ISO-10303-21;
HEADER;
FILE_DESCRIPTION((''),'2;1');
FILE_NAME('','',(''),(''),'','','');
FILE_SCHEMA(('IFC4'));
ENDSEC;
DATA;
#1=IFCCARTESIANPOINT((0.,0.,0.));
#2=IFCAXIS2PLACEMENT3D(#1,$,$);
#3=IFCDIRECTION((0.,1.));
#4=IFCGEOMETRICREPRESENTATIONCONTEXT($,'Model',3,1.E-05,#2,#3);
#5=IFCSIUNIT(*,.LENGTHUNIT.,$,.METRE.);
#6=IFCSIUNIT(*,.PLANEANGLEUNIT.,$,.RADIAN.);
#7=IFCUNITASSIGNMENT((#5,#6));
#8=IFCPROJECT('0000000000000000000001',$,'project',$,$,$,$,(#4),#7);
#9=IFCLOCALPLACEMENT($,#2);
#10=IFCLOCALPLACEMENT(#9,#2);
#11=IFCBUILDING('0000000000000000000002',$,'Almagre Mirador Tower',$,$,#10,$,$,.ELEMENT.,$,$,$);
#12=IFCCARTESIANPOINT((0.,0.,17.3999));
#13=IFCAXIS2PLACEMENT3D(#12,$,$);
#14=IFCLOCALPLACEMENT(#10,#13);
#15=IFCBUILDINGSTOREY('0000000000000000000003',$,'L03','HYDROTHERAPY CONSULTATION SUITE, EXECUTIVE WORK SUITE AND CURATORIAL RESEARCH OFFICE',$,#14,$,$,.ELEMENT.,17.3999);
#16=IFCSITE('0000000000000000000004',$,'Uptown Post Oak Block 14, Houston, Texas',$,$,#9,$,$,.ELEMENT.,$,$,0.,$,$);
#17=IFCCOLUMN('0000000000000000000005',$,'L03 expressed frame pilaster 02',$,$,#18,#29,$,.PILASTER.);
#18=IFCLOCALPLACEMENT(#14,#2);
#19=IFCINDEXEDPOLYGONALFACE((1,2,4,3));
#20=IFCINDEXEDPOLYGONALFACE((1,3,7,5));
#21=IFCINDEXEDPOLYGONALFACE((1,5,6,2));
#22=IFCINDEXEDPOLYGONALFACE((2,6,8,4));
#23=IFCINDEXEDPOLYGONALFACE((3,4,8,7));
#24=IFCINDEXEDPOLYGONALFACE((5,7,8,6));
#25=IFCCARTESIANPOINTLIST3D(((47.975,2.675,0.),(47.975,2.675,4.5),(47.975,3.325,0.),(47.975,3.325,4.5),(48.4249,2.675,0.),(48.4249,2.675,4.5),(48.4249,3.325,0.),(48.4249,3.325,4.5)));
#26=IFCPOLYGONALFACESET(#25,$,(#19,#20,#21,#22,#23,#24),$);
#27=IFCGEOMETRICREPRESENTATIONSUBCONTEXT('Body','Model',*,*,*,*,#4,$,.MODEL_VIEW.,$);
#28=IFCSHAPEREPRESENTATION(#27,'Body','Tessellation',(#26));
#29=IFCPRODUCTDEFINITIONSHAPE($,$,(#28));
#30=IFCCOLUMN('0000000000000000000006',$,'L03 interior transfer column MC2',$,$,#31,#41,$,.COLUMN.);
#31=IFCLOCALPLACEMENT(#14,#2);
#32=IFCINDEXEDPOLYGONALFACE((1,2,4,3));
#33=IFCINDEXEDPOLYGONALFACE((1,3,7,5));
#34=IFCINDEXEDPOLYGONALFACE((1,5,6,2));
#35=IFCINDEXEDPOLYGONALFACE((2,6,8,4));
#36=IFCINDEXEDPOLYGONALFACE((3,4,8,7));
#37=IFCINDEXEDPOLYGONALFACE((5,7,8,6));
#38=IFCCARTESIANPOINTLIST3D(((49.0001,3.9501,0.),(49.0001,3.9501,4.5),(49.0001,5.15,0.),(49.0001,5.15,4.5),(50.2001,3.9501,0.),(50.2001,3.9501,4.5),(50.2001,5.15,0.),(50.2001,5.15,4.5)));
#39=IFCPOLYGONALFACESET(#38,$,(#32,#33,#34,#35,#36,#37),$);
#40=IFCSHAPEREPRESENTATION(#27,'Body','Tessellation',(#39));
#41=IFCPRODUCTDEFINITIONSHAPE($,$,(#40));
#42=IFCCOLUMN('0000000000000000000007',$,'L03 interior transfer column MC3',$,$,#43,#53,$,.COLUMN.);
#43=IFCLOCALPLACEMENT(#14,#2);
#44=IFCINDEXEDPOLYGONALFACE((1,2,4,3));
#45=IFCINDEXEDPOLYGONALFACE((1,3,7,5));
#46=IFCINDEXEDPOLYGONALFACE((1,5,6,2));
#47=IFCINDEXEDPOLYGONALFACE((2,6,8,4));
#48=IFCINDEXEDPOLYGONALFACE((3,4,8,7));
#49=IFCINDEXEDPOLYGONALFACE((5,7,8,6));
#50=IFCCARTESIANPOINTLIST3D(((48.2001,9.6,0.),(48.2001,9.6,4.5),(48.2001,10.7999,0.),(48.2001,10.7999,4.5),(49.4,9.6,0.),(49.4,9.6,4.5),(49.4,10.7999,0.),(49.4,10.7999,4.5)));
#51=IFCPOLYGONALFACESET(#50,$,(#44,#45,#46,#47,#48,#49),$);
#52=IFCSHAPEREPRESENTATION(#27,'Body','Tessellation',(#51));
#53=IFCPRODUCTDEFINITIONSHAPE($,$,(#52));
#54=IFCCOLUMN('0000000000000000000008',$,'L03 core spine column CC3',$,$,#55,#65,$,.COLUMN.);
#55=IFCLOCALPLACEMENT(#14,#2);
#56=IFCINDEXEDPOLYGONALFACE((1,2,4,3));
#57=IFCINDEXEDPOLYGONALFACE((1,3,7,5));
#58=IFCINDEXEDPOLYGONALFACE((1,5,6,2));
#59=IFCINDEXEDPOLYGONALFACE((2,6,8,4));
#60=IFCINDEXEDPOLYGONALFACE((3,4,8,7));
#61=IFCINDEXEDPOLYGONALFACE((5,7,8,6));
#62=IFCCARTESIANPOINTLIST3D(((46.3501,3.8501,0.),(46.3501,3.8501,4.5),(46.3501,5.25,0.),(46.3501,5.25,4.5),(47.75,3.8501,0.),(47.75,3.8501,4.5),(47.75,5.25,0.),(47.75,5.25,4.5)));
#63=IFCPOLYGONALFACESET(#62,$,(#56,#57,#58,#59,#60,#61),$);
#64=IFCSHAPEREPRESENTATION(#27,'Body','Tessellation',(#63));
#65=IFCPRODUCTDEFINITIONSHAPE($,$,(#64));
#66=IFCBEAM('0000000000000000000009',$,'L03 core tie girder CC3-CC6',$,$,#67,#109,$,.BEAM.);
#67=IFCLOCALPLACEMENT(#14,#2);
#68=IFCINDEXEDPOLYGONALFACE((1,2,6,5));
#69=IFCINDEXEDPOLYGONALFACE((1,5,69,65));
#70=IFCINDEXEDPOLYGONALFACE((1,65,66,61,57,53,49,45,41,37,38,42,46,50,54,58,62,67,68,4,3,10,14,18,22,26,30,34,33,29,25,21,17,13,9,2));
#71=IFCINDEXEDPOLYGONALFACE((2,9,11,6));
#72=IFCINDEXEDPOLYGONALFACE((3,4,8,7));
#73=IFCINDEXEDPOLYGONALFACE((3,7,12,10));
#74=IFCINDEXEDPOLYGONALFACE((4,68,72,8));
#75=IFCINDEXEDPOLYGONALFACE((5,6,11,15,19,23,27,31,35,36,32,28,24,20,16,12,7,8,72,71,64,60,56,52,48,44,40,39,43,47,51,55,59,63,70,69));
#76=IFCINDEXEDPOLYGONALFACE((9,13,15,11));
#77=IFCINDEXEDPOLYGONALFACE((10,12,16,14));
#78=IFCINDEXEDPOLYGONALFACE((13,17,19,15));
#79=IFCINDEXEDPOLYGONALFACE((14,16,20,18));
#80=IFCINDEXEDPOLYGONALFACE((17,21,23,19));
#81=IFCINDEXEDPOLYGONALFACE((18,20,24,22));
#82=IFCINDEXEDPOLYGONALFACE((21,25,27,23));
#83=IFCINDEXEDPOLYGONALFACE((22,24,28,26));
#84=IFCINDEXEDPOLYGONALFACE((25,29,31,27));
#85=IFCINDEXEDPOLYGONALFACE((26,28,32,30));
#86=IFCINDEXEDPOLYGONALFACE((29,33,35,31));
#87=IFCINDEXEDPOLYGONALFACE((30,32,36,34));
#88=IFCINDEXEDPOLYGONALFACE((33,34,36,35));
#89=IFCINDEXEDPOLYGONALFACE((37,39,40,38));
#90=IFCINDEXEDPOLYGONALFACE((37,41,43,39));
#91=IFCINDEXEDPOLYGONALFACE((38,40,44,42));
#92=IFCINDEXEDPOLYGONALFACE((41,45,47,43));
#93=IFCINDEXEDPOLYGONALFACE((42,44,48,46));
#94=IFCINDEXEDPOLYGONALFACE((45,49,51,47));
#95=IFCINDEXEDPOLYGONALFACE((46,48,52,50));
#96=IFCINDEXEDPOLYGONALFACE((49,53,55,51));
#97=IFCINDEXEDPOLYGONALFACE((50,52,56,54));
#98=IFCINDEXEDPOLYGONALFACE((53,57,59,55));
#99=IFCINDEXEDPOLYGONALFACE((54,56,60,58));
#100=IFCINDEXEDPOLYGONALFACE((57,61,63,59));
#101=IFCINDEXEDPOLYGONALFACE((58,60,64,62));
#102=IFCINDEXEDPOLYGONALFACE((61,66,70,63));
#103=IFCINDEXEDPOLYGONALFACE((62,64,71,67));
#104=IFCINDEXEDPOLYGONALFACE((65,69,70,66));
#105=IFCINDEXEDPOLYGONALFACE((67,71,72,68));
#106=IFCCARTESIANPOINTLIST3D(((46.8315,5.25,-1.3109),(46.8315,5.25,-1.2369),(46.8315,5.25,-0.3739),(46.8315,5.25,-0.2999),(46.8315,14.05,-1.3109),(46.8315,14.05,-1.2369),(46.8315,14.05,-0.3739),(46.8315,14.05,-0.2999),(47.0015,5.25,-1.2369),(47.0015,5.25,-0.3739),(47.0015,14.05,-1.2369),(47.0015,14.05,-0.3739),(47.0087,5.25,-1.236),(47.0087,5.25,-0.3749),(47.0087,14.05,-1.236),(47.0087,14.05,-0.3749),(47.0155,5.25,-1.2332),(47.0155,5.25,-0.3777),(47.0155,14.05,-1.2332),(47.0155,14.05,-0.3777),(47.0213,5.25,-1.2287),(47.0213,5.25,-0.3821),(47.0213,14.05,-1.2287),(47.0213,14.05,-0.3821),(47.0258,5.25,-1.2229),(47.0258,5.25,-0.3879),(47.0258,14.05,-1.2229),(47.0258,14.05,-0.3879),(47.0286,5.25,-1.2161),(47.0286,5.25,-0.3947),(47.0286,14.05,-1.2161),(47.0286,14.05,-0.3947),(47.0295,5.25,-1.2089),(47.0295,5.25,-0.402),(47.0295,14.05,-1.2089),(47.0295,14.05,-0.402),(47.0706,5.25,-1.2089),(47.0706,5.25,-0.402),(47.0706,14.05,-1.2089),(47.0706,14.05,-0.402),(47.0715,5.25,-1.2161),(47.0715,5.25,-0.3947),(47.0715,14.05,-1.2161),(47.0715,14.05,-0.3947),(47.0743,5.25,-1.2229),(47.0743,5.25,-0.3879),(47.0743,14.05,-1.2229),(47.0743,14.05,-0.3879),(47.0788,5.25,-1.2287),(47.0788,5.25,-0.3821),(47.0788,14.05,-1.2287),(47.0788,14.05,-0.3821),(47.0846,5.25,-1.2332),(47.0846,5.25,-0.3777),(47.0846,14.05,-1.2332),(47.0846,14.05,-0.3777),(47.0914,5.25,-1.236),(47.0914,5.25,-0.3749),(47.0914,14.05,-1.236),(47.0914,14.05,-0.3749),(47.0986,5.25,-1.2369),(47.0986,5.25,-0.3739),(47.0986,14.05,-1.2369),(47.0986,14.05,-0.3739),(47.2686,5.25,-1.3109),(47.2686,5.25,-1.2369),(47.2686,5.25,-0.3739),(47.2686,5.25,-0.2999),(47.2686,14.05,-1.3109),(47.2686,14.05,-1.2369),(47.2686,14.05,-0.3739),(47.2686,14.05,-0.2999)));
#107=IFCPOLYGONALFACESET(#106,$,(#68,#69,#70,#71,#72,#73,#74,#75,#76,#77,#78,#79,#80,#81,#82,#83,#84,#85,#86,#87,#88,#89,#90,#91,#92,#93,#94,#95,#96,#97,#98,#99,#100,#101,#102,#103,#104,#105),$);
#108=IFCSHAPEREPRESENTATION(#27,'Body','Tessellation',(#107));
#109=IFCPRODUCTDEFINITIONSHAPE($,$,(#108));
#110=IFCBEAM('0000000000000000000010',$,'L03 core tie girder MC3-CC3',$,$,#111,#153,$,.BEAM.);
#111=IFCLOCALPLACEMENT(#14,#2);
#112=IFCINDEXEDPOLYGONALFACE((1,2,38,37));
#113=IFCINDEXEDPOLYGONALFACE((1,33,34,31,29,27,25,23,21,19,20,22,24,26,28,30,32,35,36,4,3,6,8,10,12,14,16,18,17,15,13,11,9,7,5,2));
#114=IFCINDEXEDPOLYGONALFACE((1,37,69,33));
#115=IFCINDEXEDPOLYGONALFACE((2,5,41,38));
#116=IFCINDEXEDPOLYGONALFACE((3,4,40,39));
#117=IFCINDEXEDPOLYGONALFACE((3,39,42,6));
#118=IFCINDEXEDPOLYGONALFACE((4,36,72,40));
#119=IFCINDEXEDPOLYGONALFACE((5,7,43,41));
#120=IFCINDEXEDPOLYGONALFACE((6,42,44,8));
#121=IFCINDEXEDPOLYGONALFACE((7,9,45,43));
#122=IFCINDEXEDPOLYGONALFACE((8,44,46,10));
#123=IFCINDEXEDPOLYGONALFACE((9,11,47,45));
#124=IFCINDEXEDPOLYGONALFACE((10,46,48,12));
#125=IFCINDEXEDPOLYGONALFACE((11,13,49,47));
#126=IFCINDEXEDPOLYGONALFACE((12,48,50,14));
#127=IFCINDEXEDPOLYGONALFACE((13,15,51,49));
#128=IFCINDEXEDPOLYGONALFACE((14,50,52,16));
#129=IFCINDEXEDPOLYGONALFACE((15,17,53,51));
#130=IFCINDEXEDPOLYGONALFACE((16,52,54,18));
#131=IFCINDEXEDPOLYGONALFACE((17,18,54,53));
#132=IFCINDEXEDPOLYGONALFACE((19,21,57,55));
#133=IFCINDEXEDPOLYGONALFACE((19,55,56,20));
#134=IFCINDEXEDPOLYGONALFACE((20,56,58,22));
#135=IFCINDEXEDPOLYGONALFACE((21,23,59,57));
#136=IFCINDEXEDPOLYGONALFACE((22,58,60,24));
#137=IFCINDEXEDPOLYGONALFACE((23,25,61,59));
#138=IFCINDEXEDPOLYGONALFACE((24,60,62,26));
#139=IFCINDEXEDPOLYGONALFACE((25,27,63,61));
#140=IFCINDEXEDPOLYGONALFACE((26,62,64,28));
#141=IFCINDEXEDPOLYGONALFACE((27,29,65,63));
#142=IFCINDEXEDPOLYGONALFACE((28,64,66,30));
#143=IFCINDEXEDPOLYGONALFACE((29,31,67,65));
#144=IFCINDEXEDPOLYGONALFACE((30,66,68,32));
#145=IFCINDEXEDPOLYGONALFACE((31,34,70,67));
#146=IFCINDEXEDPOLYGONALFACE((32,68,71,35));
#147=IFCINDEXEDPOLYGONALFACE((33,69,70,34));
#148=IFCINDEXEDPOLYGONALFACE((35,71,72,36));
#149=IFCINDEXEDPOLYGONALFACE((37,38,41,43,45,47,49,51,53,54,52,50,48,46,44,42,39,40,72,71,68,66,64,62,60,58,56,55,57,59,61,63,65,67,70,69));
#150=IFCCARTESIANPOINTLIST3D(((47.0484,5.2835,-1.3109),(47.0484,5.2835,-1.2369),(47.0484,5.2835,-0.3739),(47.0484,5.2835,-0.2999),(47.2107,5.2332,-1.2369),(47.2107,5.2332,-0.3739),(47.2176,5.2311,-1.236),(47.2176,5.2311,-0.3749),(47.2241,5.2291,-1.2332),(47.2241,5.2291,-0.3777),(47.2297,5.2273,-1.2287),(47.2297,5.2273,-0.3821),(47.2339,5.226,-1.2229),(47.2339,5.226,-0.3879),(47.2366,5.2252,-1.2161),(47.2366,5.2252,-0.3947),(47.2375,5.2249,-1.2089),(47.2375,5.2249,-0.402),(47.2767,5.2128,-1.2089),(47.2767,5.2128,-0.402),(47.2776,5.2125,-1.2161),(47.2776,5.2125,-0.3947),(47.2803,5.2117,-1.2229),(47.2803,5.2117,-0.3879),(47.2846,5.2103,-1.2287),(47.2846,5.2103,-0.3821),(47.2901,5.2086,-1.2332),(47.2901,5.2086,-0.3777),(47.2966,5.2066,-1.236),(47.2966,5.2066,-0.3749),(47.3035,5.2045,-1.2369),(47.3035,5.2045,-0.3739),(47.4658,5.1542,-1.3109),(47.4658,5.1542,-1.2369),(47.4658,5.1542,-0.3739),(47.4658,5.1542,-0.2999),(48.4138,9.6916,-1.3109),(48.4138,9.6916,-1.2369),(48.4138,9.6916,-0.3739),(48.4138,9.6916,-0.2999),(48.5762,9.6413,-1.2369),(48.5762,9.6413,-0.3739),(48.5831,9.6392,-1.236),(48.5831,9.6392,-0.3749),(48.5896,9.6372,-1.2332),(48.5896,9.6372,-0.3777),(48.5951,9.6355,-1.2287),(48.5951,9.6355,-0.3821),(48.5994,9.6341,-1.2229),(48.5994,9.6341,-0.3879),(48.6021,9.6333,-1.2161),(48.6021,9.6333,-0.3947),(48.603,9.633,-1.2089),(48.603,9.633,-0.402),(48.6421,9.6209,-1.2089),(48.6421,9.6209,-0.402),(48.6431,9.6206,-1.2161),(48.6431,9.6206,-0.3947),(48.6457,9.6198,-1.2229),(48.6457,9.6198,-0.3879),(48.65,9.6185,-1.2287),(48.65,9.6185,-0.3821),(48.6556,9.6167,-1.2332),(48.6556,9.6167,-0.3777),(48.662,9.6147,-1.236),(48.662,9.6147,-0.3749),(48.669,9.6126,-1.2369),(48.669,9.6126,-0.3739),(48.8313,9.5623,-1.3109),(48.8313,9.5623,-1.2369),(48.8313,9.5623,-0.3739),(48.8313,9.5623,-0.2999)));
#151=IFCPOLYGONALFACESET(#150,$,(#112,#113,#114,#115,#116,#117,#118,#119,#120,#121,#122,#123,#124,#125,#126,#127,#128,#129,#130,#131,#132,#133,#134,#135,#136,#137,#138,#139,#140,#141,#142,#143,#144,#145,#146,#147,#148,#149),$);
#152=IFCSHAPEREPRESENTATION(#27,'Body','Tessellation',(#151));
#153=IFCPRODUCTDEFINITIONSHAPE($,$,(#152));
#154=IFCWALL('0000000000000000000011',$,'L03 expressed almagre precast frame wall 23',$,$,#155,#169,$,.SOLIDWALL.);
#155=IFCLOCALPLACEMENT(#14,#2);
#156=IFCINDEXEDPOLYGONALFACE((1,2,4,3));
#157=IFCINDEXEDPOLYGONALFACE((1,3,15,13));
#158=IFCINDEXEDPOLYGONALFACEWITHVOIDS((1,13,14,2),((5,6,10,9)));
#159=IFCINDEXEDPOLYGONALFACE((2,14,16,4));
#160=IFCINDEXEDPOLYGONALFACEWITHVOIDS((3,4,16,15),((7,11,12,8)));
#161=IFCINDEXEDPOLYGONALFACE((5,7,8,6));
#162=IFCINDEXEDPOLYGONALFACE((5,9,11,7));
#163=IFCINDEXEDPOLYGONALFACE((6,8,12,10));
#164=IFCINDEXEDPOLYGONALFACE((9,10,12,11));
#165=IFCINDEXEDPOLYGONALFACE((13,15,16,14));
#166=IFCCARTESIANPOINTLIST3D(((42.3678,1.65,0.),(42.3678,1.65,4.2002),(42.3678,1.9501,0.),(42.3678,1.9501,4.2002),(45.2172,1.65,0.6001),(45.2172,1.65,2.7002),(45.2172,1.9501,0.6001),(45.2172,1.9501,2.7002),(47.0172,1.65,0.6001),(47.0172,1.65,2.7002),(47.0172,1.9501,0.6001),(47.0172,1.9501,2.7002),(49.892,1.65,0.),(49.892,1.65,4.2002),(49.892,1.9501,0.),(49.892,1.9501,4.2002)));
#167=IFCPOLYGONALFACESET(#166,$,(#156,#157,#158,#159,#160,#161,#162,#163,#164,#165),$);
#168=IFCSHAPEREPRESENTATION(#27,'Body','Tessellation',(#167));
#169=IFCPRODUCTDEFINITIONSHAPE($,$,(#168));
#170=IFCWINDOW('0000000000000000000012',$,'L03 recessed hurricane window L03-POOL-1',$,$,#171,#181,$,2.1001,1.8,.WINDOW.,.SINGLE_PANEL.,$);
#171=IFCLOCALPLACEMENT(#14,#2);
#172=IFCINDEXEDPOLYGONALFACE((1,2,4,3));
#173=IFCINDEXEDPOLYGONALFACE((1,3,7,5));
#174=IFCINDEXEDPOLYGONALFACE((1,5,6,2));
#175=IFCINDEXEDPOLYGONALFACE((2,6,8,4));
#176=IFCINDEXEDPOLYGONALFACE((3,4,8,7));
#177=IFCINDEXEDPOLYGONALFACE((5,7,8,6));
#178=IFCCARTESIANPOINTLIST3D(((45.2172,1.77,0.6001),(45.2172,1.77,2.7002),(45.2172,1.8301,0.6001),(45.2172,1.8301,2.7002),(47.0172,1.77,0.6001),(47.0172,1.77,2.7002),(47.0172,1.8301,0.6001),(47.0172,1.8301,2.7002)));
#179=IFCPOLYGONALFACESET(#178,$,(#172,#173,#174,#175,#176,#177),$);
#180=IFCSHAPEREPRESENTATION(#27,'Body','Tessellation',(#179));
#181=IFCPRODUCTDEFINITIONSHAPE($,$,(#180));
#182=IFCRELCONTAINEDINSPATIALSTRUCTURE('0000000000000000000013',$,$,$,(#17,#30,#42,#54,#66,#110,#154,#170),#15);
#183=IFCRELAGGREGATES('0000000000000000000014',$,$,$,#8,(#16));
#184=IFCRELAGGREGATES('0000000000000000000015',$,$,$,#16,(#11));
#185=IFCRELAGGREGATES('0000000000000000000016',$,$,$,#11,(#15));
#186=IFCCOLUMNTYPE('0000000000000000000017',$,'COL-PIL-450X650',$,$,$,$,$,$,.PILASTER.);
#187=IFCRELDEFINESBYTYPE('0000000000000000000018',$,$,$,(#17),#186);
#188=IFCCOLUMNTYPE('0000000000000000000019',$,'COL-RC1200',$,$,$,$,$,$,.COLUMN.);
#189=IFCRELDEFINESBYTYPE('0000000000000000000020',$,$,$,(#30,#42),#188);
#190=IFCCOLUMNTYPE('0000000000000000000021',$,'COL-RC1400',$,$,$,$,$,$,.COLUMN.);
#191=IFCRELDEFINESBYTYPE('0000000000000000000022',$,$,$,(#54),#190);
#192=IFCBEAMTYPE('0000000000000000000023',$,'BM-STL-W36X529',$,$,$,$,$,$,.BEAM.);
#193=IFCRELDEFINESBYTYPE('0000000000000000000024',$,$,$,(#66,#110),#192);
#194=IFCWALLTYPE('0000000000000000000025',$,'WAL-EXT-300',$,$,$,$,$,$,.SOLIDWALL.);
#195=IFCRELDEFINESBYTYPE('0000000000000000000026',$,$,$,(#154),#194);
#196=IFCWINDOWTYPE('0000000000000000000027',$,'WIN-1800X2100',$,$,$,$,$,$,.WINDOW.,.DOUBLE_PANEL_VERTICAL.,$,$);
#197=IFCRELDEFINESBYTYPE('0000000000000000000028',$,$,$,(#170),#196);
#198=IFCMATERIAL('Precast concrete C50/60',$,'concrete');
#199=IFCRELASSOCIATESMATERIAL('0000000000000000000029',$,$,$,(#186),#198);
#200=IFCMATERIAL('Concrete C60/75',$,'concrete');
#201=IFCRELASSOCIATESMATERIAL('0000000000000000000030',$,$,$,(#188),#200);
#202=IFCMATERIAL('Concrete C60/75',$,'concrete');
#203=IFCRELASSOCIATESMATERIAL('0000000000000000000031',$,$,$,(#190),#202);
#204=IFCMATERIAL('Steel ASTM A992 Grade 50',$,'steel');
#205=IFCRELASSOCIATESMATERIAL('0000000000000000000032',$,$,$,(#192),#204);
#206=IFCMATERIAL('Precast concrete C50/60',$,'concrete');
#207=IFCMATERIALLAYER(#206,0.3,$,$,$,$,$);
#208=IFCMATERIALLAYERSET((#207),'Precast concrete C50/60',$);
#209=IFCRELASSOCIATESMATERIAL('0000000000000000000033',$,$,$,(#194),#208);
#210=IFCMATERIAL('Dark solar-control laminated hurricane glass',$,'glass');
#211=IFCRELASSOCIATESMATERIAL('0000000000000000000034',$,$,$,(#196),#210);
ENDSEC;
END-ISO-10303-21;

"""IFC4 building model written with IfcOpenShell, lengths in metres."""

from ifc_helpers import new_model, si_unit, direction, frame, frame_2d, origin, origin_2d, place, context, subcontext, project, spatial, rectangle, i_section, extrude, material, layer, layer_set, material_profile, profile_set, type_object, element, fill, save


model = new_model("IFC4")

# Units and contexts
model_context = context("Model", 3, precision=1e-05, world=origin(), true_north=direction((0.0, 1.0)))
body_context = subcontext(model_context, "Body", "Model", "MODEL_VIEW")
ifc_project = project(units=[si_unit("LENGTHUNIT", "METRE"), si_unit("PLANEANGLEUNIT", "RADIAN")], contexts=[model_context])

# Site, building, storey
site_placement = place(None, origin())
site = spatial("IfcSite", under=ifc_project, at=site_placement, Name="Uptown Post Oak Block 14, Houston, Texas", CompositionType="ELEMENT", RefElevation=0.0)
building_placement = place(site_placement, origin())
building = spatial("IfcBuilding", under=site, at=building_placement, Name="Almagre Mirador Tower", CompositionType="ELEMENT")
storey_placement = place(building_placement, frame((0.0, 0.0, 17.3999)))
storey = spatial("IfcBuildingStorey", under=building, at=storey_placement, Name="L03", Description="HYDROTHERAPY CONSULTATION SUITE, EXECUTIVE WORK SUITE AND CURATORIAL RESEARCH OFFICE", CompositionType="ELEMENT", Elevation=17.3999)

# Columns
ifc_material_1 = material(Name="Precast concrete C50/60", Category="concrete")
ifc_material_profile_1 = material_profile(ifc_material_1, rectangle(XDim=0.45, YDim=0.6499, at=origin_2d()), Name="RC450X650")
ifc_profile_set_1 = profile_set([ifc_material_profile_1], Name="Precast concrete C50/60")
column_type_1 = type_object("IfcColumnType", Name="COL-PIL-450X650", PredefinedType="PILASTER", material=ifc_profile_set_1)
column_1_placement = place(storey_placement, frame((48.2, 3.0, 0.0), z_axis=(0.0, 0.0, 1.0), x_axis=(1.0, 0.0, 0.0)))
element("IfcColumn", 1, at=column_1_placement, inside=storey, type_object=column_type_1, Name="L03 expressed frame pilaster 02", PredefinedType="PILASTER", context=body_context, shape_type="SweptSolid", body=[
    extrude(rectangle(XDim=0.45, YDim=0.6499, at=origin_2d()), origin(), (0.0, 0.0, 1.0), 4.5),
])
ifc_material_2 = material(Name="Concrete C60/75", Category="concrete")
ifc_material_profile_2 = material_profile(ifc_material_2, rectangle(XDim=1.2, YDim=1.2, at=origin_2d()), Name="RC1200X1200")
ifc_profile_set_2 = profile_set([ifc_material_profile_2], Name="Concrete C60/75")
column_type_2 = type_object("IfcColumnType", Name="COL-RC1200", PredefinedType="COLUMN", material=ifc_profile_set_2)
for number, where, z_axis, x_axis, name in (
    (2, (49.6001, 4.55, 0.0), (0.0, 0.0, 1.0), (1.0, 0.0, 0.0), "L03 interior transfer column MC2"),
    (3, (48.8, 10.2, 0.0), (0.0, 0.0, 1.0), (1.0, 0.0, 0.0), "L03 interior transfer column MC3"),
):
    element("IfcColumn", number, at=place(storey_placement, frame(where, z_axis=z_axis, x_axis=x_axis)), inside=storey, type_object=column_type_2, Name=name, PredefinedType="COLUMN", context=body_context, shape_type="SweptSolid", body=[
        extrude(rectangle(XDim=1.2, YDim=1.2, at=origin_2d()), origin(), (0.0, 0.0, 1.0), 4.5),
    ])
ifc_material_3 = material(Name="Concrete C60/75", Category="concrete")
ifc_material_profile_3 = material_profile(ifc_material_3, rectangle(XDim=1.3999, YDim=1.3999, at=origin_2d()), Name="RC1400X1400")
ifc_profile_set_3 = profile_set([ifc_material_profile_3], Name="Concrete C60/75")
column_type_3 = type_object("IfcColumnType", Name="COL-RC1400", PredefinedType="COLUMN", material=ifc_profile_set_3)
column_2_placement = place(storey_placement, frame((47.05, 4.55, 0.0), z_axis=(0.0, 0.0, 1.0), x_axis=(1.0, 0.0, 0.0)))
element("IfcColumn", 4, at=column_2_placement, inside=storey, type_object=column_type_3, Name="L03 core spine column CC3", PredefinedType="COLUMN", context=body_context, shape_type="SweptSolid", body=[
    extrude(rectangle(XDim=1.3999, YDim=1.3999, at=origin_2d()), origin(), (0.0, 0.0, 1.0), 4.5),
])

# Beams
ifc_material_4 = material(Name="Steel ASTM A992 Grade 50", Category="steel")
ifc_material_profile_4 = material_profile(ifc_material_4, i_section(OverallWidth=0.437, OverallDepth=1.011, WebThickness=0.041, FlangeThickness=0.074, FilletRadius=0.0281, at=origin_2d()), Name="W36X529")
ifc_profile_set_4 = profile_set([ifc_material_profile_4], Name="Steel ASTM A992 Grade 50")
beam_type = type_object("IfcBeamType", Name="BM-STL-W36X529", PredefinedType="BEAM", material=ifc_profile_set_4)
beam_1_placement = place(storey_placement, frame((47.05, 5.25, -0.8054), z_axis=(0.0, 1.0, 0.0), x_axis=(-1.0, 0.0, 0.0)))
element("IfcBeam", 5, at=beam_1_placement, inside=storey, type_object=beam_type, Name="L03 core tie girder CC3-CC6", PredefinedType="BEAM", context=body_context, shape_type="SweptSolid", body=[
    extrude(i_section(OverallWidth=0.437, OverallDepth=1.011, WebThickness=0.041, FlangeThickness=0.074, FilletRadius=0.0281, at=origin_2d()), origin(), (0.0, 0.0, 1.0), 8.8),
])
beam_2_placement = place(storey_placement, frame((48.6226, 9.627, -0.8054), z_axis=(-0.295888, -0.955223, 0.0), x_axis=(0.955223, -0.295888, 0.0)))
element("IfcBeam", 6, at=beam_2_placement, inside=storey, type_object=beam_type, Name="L03 core tie girder MC3-CC3", PredefinedType="BEAM", context=body_context, shape_type="SweptSolid", body=[
    extrude(i_section(OverallWidth=0.437, OverallDepth=1.011, WebThickness=0.041, FlangeThickness=0.074, FilletRadius=0.0281, at=origin_2d()), origin(), (0.0, 0.0, 1.0), 4.6147),
])

# Wall, opening, window
ifc_material_5 = material(Name="Precast concrete C50/60", Category="concrete")
ifc_layer_1 = layer(ifc_material_5, 0.3)
ifc_layer_set_1 = layer_set([ifc_layer_1], Name="Precast concrete C50/60")
wall_type_1 = type_object("IfcWallType", Name="WAL-EXT-300", PredefinedType="SOLIDWALL", material=ifc_layer_set_1)
wall_1_placement = place(storey_placement, frame((49.8921, 1.8, 0.0), z_axis=(0.0, 0.0, 1.0), x_axis=(-1.0, 0.0, 0.0)))
wall_1 = element("IfcWall", 7, at=wall_1_placement, inside=storey, type_object=wall_type_1, Name="L03 expressed almagre precast frame wall 23", PredefinedType="SOLIDWALL", context=body_context, shape_type="SweptSolid", body=[
    extrude(rectangle(XDim=7.5242, YDim=0.3, at=frame_2d((3.7622, 0.0))), origin(), (0.0, 0.0, 1.0), 4.2002),
])
opening_placement = place(wall_1_placement, frame((2.875, 0.0, 0.6001)))
opening = element("IfcOpeningElement", 8, at=opening_placement, cuts=wall_1, PredefinedType="OPENING", context=body_context, shape_type="SweptSolid", body=[
    extrude(rectangle(XDim=1.8, YDim=2.1001, at=frame_2d((0.8999, 1.05))), frame((0.0, 0.1599, 0.0), z_axis=(0.0, -1.0, 0.0), x_axis=(1.0, 0.0, 0.0)), (0.0, 0.0, 1.0), 0.32),
])
ifc_material_6 = material(Name="Dark solar-control laminated hurricane glass", Category="glass")
window_type = type_object("IfcWindowType", Name="WIN-1800X2100", PartitioningType="DOUBLE_PANEL_VERTICAL", PredefinedType="WINDOW", material=ifc_material_6)
window_placement = place(opening_placement, origin())
window = element("IfcWindow", 9, at=window_placement, inside=storey, type_object=window_type, Name="L03 recessed hurricane window L03-POOL-1", OverallHeight=2.1001, OverallWidth=1.8, PartitioningType="SINGLE_PANEL", PredefinedType="WINDOW", context=body_context, shape_type="SweptSolid", body=[
    extrude(rectangle(XDim=1.8, YDim=2.1001, at=frame_2d((0.8999, 1.05))), frame((0.0, 0.03, 0.0), z_axis=(0.0, -1.0, 0.0), x_axis=(1.0, 0.0, 0.0)), (0.0, 0.0, 1.0), 0.0601),
])
fill(opening, window)

save(model, "model.ifc")
